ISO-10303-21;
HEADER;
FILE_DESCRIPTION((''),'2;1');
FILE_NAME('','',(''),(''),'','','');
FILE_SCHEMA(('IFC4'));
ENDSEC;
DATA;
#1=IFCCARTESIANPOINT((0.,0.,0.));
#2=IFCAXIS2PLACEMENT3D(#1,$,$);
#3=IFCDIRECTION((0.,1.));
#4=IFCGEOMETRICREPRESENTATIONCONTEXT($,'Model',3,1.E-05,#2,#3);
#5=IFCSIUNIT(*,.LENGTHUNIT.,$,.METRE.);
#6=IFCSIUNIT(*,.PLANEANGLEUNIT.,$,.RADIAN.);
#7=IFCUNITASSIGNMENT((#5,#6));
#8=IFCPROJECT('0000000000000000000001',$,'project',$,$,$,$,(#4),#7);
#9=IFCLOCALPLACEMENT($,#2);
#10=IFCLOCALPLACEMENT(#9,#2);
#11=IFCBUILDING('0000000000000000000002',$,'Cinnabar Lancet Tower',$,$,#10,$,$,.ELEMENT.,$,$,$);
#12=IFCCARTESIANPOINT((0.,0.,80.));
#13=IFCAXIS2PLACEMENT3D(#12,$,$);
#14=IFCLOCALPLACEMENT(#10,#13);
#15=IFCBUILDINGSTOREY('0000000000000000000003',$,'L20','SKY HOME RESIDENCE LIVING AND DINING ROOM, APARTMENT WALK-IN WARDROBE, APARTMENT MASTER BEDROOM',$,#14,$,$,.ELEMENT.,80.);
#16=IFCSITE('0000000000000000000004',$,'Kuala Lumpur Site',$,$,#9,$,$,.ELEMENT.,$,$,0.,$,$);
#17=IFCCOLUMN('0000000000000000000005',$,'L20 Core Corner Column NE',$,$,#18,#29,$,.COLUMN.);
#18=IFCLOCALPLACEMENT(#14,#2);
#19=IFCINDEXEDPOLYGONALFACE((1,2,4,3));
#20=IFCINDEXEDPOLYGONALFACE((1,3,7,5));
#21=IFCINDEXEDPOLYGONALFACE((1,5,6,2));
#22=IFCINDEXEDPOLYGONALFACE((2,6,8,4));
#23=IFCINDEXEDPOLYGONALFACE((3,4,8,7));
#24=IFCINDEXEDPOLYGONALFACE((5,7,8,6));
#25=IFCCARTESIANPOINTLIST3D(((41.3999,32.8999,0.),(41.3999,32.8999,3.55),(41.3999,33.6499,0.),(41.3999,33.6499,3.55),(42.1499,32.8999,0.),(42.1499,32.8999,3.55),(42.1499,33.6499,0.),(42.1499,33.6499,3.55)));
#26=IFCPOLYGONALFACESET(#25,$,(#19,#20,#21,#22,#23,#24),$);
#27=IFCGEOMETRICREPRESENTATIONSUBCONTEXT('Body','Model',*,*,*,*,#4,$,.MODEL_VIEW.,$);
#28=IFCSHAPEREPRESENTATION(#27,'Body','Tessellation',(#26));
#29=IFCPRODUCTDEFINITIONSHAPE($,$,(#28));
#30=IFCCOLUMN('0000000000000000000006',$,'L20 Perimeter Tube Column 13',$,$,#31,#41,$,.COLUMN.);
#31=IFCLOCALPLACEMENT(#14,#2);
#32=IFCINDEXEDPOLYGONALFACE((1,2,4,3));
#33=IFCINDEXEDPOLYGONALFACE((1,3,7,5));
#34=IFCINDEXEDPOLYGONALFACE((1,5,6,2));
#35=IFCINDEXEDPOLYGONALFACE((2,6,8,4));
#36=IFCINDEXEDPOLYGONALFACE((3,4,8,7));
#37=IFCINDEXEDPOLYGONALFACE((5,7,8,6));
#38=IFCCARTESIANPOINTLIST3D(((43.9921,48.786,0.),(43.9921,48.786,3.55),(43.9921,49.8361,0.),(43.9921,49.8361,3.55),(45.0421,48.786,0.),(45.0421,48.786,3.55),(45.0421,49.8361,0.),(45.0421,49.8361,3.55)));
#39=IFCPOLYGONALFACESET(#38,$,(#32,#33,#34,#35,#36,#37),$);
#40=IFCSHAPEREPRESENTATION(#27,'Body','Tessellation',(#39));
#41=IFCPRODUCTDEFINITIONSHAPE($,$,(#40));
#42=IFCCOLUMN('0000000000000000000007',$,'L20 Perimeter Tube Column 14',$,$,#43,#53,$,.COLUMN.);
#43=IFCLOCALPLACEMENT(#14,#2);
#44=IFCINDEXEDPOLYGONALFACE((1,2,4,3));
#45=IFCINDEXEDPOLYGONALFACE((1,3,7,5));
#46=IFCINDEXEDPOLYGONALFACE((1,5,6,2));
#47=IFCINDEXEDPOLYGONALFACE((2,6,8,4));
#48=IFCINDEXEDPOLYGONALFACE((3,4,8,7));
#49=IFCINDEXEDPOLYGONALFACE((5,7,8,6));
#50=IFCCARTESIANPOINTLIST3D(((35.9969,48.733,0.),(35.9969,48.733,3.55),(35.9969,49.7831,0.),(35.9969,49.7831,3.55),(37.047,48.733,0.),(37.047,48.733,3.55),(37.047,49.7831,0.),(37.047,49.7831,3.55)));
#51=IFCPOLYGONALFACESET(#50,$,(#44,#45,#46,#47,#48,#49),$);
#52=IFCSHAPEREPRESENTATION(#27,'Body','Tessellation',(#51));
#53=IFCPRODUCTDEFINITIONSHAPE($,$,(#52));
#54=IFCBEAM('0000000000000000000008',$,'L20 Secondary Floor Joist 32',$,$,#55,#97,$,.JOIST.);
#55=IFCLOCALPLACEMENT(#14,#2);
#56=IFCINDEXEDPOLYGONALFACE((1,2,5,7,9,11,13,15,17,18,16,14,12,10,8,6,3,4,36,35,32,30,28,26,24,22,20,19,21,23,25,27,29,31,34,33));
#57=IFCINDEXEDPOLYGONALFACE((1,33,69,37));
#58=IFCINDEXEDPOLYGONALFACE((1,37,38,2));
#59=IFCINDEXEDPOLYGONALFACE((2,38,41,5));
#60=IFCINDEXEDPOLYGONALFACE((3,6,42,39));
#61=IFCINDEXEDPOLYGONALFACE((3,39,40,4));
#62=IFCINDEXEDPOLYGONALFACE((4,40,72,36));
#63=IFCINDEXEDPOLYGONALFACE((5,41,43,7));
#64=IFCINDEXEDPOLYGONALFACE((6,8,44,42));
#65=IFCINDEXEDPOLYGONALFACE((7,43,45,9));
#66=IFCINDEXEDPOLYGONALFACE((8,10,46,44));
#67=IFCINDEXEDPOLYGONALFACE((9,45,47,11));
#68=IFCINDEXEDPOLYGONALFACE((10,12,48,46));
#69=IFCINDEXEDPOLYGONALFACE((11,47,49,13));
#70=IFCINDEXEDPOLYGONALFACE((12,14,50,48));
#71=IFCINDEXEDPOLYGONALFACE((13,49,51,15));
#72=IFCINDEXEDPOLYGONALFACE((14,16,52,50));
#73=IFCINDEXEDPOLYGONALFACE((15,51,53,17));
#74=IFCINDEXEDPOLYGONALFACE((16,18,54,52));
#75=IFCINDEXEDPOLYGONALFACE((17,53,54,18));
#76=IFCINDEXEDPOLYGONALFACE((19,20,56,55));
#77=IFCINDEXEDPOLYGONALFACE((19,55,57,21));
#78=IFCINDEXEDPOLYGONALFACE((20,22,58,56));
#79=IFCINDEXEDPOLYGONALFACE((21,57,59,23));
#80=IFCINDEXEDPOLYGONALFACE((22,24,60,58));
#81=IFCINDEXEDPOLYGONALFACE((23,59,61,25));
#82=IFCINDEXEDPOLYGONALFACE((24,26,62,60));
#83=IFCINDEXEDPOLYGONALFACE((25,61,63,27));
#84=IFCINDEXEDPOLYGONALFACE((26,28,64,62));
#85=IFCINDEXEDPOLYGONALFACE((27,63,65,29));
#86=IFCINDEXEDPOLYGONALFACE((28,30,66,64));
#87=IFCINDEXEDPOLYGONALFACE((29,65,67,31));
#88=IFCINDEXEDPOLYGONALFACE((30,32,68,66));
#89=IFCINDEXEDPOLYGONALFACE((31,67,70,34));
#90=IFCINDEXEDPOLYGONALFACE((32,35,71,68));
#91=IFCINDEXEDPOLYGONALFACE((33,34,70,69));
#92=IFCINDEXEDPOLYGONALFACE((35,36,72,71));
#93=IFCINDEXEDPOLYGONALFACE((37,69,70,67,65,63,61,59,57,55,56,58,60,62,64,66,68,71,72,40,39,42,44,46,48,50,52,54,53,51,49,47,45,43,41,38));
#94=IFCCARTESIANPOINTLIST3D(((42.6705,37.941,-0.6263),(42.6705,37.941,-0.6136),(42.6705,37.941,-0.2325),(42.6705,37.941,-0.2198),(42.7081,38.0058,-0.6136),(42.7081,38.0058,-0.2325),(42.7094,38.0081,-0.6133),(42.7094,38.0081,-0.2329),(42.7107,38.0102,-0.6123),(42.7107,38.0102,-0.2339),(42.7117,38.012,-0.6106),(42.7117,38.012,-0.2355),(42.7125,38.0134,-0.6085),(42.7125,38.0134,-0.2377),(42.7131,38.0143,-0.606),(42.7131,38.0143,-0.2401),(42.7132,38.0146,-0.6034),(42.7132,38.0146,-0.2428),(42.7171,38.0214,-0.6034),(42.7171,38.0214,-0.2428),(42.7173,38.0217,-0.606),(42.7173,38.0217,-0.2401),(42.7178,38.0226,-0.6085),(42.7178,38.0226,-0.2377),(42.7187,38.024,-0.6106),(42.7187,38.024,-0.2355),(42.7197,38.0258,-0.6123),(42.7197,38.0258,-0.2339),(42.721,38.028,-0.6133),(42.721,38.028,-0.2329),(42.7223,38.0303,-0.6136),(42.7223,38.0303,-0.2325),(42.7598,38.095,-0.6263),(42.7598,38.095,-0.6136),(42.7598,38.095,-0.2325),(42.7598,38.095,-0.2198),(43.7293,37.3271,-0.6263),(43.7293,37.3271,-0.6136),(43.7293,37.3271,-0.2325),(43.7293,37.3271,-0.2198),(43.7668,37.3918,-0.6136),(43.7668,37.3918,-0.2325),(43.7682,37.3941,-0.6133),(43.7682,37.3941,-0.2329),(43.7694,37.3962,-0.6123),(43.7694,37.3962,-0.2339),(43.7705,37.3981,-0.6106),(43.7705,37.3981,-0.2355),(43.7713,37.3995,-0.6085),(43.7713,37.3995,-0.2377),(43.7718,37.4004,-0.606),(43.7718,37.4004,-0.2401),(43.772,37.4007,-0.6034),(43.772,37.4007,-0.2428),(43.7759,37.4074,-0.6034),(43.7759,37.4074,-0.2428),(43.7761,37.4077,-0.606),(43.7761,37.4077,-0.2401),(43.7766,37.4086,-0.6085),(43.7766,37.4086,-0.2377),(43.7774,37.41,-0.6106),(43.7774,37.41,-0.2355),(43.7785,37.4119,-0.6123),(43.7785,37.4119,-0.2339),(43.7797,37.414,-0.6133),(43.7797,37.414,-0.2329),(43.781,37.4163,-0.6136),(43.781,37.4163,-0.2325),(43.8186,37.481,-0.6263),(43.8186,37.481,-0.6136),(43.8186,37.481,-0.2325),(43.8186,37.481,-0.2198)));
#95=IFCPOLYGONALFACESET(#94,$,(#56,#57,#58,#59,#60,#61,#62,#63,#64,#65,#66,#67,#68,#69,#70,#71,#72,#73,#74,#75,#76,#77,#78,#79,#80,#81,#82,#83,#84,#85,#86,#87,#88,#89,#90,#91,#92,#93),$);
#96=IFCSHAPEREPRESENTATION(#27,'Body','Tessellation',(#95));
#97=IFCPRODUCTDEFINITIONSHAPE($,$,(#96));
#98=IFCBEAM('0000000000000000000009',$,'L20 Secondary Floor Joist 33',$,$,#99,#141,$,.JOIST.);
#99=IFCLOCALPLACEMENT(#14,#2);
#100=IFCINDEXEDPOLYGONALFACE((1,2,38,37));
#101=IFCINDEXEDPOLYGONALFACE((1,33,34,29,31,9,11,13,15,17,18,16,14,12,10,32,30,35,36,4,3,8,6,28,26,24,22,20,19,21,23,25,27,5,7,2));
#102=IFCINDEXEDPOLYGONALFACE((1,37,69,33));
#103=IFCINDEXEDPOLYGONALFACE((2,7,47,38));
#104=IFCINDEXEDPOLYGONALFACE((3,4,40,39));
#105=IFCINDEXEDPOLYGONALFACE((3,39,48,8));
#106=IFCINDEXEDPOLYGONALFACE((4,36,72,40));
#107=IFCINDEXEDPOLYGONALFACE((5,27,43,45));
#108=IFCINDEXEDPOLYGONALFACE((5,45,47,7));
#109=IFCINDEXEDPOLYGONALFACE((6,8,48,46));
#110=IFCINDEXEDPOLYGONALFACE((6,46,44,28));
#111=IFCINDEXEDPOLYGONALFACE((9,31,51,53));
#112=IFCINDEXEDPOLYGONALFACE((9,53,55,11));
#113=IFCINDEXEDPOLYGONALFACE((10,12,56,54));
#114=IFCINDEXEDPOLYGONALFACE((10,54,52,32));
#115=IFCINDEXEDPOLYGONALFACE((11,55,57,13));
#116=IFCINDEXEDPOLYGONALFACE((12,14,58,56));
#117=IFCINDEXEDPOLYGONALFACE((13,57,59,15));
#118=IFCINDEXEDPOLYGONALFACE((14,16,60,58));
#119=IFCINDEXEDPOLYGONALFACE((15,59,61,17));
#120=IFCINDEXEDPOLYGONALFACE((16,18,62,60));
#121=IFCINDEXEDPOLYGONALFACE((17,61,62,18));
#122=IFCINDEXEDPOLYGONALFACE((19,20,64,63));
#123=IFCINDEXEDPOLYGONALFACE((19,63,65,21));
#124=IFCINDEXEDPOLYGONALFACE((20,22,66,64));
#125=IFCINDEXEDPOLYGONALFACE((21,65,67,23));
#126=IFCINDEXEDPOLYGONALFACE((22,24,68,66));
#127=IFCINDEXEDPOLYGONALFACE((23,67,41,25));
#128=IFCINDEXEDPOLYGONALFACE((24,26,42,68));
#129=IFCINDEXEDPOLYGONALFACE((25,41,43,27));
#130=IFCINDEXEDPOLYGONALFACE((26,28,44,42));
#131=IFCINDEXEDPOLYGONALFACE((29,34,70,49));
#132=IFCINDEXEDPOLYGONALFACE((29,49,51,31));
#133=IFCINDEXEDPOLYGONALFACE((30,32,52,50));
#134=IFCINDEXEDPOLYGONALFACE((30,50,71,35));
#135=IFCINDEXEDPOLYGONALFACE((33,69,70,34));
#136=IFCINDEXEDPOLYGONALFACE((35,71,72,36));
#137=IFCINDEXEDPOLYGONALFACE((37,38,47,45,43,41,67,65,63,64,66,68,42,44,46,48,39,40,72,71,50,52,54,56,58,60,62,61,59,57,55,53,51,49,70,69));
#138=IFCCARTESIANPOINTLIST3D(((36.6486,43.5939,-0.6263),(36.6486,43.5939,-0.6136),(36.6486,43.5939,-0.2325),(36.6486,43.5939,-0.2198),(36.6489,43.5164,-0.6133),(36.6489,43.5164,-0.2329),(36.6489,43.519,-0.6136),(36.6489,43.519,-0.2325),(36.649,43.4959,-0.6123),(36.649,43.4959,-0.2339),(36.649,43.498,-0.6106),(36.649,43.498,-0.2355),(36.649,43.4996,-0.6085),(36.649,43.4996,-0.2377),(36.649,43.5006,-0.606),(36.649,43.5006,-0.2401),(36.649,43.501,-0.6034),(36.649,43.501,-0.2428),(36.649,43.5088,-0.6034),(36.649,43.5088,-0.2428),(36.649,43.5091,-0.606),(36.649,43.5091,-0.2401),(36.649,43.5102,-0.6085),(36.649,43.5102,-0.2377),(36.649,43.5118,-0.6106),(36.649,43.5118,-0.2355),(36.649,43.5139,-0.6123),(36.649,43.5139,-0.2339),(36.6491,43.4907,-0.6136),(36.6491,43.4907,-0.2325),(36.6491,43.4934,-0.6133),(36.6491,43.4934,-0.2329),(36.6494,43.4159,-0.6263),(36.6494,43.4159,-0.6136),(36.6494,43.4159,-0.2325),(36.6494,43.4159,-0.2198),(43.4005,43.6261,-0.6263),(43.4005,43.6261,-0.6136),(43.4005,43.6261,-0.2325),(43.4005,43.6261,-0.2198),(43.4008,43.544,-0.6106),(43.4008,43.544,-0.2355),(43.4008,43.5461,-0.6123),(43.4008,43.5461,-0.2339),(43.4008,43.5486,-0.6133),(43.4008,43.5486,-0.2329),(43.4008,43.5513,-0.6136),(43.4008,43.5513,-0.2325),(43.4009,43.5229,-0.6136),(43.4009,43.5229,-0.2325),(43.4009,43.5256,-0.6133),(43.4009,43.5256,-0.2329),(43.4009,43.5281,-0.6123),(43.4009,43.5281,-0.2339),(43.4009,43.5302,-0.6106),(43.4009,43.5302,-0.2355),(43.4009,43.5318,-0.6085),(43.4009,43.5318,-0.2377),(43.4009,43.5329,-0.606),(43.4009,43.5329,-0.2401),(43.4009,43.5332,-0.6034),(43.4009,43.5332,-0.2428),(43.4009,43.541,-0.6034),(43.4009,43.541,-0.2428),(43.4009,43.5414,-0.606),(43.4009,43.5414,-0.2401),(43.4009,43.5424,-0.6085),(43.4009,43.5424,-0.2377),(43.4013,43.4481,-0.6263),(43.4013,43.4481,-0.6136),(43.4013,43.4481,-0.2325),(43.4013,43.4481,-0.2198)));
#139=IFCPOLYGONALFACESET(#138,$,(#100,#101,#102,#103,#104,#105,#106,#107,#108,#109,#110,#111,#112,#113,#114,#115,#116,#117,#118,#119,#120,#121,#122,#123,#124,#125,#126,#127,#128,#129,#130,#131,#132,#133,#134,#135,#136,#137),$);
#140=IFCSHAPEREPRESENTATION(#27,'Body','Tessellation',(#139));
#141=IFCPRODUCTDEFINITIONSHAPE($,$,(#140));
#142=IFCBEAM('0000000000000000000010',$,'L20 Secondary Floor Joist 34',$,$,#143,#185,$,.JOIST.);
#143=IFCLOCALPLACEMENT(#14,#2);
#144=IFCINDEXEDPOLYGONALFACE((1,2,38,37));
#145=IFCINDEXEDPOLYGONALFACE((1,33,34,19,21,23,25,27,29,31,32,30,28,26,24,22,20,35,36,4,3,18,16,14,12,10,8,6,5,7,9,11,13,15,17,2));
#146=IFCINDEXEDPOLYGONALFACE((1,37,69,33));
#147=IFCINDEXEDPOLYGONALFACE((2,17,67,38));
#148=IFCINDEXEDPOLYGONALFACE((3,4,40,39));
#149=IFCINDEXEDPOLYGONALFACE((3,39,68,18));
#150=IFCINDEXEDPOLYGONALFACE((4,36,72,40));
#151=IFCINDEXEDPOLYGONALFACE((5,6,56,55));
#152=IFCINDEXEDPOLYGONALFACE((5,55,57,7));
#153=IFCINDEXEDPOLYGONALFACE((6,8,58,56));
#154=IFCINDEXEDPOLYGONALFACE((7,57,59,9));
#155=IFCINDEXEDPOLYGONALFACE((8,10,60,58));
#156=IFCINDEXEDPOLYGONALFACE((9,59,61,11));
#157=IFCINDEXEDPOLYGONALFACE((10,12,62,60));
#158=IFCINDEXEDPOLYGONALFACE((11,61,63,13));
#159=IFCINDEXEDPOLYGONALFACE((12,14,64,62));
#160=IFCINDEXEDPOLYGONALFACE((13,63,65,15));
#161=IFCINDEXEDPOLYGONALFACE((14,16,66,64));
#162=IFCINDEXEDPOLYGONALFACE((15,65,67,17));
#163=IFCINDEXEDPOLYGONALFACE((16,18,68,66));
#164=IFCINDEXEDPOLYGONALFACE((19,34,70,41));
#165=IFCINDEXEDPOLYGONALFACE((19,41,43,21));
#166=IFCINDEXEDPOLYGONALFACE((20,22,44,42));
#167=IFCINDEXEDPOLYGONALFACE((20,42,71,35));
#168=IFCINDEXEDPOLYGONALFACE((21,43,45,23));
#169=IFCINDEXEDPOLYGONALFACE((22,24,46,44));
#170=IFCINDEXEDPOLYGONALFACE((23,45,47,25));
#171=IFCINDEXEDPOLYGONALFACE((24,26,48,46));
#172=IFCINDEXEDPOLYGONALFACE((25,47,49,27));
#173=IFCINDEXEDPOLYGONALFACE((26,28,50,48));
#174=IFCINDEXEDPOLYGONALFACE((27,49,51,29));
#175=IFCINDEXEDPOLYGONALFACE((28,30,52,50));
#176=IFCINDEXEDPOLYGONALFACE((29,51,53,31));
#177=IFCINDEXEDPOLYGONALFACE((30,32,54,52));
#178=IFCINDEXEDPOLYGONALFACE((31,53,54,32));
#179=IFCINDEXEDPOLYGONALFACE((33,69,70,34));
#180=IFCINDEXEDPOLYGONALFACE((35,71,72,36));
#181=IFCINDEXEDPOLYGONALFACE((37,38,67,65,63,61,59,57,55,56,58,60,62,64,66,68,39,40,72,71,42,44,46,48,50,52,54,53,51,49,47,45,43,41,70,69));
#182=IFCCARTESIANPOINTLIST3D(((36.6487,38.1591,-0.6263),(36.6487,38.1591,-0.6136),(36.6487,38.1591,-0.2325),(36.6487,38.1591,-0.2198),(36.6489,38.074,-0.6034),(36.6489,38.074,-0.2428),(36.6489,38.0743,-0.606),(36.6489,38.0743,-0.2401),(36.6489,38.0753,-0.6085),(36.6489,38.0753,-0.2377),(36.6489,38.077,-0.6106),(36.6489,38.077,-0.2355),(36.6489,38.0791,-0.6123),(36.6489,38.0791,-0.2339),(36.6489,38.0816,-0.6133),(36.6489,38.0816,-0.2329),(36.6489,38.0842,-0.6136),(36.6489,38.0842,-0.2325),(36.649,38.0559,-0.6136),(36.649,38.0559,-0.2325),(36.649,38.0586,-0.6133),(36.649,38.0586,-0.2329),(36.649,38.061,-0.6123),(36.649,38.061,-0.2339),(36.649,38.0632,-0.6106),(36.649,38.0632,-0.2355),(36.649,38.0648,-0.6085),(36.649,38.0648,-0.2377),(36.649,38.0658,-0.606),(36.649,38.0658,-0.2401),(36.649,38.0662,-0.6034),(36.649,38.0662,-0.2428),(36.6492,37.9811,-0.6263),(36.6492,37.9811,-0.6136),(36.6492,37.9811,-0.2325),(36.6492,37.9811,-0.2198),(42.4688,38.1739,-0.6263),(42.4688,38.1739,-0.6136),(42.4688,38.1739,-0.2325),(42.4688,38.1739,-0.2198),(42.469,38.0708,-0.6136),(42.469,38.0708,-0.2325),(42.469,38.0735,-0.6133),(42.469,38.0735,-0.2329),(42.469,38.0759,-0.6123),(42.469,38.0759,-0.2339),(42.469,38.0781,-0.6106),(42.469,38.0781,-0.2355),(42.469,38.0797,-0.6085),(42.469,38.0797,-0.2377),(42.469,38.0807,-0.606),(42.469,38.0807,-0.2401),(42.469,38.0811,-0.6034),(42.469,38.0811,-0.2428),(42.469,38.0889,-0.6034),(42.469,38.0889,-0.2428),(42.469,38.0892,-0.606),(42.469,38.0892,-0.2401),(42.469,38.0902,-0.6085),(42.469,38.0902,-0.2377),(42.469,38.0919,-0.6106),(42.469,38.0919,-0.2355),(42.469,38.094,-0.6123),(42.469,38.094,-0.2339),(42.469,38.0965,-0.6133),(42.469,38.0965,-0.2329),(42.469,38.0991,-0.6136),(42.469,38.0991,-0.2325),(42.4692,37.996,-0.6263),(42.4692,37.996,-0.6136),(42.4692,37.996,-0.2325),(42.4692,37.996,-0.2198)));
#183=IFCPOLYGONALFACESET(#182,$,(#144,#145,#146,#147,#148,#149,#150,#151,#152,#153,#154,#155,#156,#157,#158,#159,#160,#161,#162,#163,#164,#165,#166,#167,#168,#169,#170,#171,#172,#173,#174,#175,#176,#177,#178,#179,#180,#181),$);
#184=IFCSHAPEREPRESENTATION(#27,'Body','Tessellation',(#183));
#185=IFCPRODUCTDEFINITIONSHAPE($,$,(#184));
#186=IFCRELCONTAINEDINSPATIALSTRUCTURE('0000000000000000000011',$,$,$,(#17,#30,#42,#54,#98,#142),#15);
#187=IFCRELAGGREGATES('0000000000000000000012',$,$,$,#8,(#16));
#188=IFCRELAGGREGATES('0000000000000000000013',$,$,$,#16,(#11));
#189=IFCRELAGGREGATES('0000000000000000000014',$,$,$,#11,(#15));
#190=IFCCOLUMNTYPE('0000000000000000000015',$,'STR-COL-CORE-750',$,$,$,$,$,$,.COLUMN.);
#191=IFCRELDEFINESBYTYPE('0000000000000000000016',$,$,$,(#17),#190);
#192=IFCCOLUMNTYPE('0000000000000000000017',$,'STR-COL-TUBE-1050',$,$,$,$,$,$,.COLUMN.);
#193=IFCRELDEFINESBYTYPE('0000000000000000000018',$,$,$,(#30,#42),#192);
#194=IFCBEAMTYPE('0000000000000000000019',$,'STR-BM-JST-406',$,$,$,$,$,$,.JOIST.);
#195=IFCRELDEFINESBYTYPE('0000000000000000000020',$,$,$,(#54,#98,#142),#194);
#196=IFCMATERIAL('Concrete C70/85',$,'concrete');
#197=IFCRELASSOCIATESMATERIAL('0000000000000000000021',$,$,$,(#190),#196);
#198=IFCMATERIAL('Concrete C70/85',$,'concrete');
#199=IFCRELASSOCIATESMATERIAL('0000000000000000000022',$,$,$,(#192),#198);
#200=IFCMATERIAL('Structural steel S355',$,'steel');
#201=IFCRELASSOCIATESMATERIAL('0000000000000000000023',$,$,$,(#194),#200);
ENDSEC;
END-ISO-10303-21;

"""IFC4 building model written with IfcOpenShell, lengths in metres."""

from ifc_helpers import new_model, si_unit, direction, frame, origin, origin_2d, place, context, subcontext, project, spatial, rectangle, i_section, extrude, material, material_profile, profile_set, type_object, element, save


model = new_model("IFC4")

# Units and contexts
model_context = context("Model", 3, precision=1e-05, world=origin(), true_north=direction((0.0, 1.0)))
body_context = subcontext(model_context, "Body", "Model", "MODEL_VIEW")
ifc_project = project(units=[si_unit("LENGTHUNIT", "METRE"), si_unit("PLANEANGLEUNIT", "RADIAN")], contexts=[model_context])

# Site, building, storey
site_placement = place(None, origin())
site = spatial("IfcSite", under=ifc_project, at=site_placement, Name="Kuala Lumpur Site", CompositionType="ELEMENT", RefElevation=0.0)
building_placement = place(site_placement, origin())
building = spatial("IfcBuilding", under=site, at=building_placement, Name="Cinnabar Lancet Tower", CompositionType="ELEMENT")
storey_placement = place(building_placement, frame((0.0, 0.0, 80.0)))
storey = spatial("IfcBuildingStorey", under=building, at=storey_placement, Name="L20", Description="SKY HOME RESIDENCE LIVING AND DINING ROOM, APARTMENT WALK-IN WARDROBE, APARTMENT MASTER BEDROOM", CompositionType="ELEMENT", Elevation=80.0)

# Columns
ifc_material_1 = material(Name="Concrete C70/85", Category="concrete")
ifc_material_profile_1 = material_profile(ifc_material_1, rectangle(XDim=0.75, YDim=0.75, at=origin_2d()), Name="RC-COL 750x750")
ifc_profile_set_1 = profile_set([ifc_material_profile_1], Name="Concrete C70/85")
column_type_1 = type_object("IfcColumnType", Name="STR-COL-CORE-750", PredefinedType="COLUMN", material=ifc_profile_set_1)
column_placement = place(storey_placement, frame((41.7749, 33.2749, 0.0), z_axis=(0.0, 0.0, 1.0), x_axis=(1.0, 0.0, 0.0)))
element("IfcColumn", 1, at=column_placement, inside=storey, type_object=column_type_1, Name="L20 Core Corner Column NE", PredefinedType="COLUMN", context=body_context, shape_type="SweptSolid", body=[
    extrude(rectangle(XDim=0.75, YDim=0.75, at=origin_2d()), origin(), (0.0, 0.0, 1.0), 3.55),
])
ifc_material_2 = material(Name="Concrete C70/85", Category="concrete")
ifc_material_profile_2 = material_profile(ifc_material_2, rectangle(XDim=1.05, YDim=1.05, at=origin_2d()), Name="RC-COL 1050x1050")
ifc_profile_set_2 = profile_set([ifc_material_profile_2], Name="Concrete C70/85")
column_type_2 = type_object("IfcColumnType", Name="STR-COL-TUBE-1050", PredefinedType="COLUMN", material=ifc_profile_set_2)
for number, where, z_axis, x_axis, name in (
    (2, (44.5171, 49.311, 0.0), (0.0, 0.0, 1.0), (1.0, 0.0, 0.0), "L20 Perimeter Tube Column 13"),
    (3, (36.522, 49.2581, 0.0), (0.0, 0.0, 1.0), (1.0, 0.0, 0.0), "L20 Perimeter Tube Column 14"),
):
    element("IfcColumn", number, at=place(storey_placement, frame(where, z_axis=z_axis, x_axis=x_axis)), inside=storey, type_object=column_type_2, Name=name, PredefinedType="COLUMN", context=body_context, shape_type="SweptSolid", body=[
        extrude(rectangle(XDim=1.05, YDim=1.05, at=origin_2d()), origin(), (0.0, 0.0, 1.0), 3.55),
    ])

# Beams
ifc_material_3 = material(Name="Structural steel S355", Category="steel")
ifc_material_profile_3 = material_profile(ifc_material_3, i_section(OverallWidth=0.178, OverallDepth=0.4065, WebThickness=0.0078, FlangeThickness=0.0127, FilletRadius=0.0103, at=origin_2d()), Name="UKB 406x178x60")
ifc_profile_set_3 = profile_set([ifc_material_profile_3], Name="Structural steel S355")
beam_type_1 = type_object("IfcBeamType", Name="STR-BM-JST-406", PredefinedType="JOIST", material=ifc_profile_set_3)
beam_1_placement = place(storey_placement, frame((43.7739, 37.4041, -0.4231), z_axis=(-0.865071, 0.501649, 0.0), x_axis=(-0.501649, -0.865071, 0.0)))
element("IfcBeam", 4, at=beam_1_placement, inside=storey, type_object=beam_type_1, Name="L20 Secondary Floor Joist 32", PredefinedType="JOIST", context=body_context, shape_type="SweptSolid", body=[
    extrude(i_section(OverallWidth=0.178, OverallDepth=0.4065, WebThickness=0.0078, FlangeThickness=0.0127, FilletRadius=0.0103, at=origin_2d()), origin(), (0.0, 0.0, 1.0), 1.2239),
])
beam_2_placement = place(storey_placement, frame((43.4009, 43.5371, -0.4231), z_axis=(-0.999989, -0.004773, 0.0), x_axis=(0.004773, -0.999989, 0.0)))
element("IfcBeam", 5, at=beam_2_placement, inside=storey, type_object=beam_type_1, Name="L20 Secondary Floor Joist 33", PredefinedType="JOIST", context=body_context, shape_type="SweptSolid", body=[
    extrude(i_section(OverallWidth=0.178, OverallDepth=0.4065, WebThickness=0.0078, FlangeThickness=0.0127, FilletRadius=0.0103, at=origin_2d()), origin(), (0.0, 0.0, 1.0), 6.752),
])
beam_3_placement = place(storey_placement, frame((42.469, 38.085, -0.4231), z_axis=(-0.999997, -0.002559, 0.0), x_axis=(0.002559, -0.999997, 0.0)))
element("IfcBeam", 6, at=beam_3_placement, inside=storey, type_object=beam_type_1, Name="L20 Secondary Floor Joist 34", PredefinedType="JOIST", context=body_context, shape_type="SweptSolid", body=[
    extrude(i_section(OverallWidth=0.178, OverallDepth=0.4065, WebThickness=0.0078, FlangeThickness=0.0127, FilletRadius=0.0103, at=origin_2d()), origin(), (0.0, 0.0, 1.0), 5.8201),
])

save(model, "model.ifc")
